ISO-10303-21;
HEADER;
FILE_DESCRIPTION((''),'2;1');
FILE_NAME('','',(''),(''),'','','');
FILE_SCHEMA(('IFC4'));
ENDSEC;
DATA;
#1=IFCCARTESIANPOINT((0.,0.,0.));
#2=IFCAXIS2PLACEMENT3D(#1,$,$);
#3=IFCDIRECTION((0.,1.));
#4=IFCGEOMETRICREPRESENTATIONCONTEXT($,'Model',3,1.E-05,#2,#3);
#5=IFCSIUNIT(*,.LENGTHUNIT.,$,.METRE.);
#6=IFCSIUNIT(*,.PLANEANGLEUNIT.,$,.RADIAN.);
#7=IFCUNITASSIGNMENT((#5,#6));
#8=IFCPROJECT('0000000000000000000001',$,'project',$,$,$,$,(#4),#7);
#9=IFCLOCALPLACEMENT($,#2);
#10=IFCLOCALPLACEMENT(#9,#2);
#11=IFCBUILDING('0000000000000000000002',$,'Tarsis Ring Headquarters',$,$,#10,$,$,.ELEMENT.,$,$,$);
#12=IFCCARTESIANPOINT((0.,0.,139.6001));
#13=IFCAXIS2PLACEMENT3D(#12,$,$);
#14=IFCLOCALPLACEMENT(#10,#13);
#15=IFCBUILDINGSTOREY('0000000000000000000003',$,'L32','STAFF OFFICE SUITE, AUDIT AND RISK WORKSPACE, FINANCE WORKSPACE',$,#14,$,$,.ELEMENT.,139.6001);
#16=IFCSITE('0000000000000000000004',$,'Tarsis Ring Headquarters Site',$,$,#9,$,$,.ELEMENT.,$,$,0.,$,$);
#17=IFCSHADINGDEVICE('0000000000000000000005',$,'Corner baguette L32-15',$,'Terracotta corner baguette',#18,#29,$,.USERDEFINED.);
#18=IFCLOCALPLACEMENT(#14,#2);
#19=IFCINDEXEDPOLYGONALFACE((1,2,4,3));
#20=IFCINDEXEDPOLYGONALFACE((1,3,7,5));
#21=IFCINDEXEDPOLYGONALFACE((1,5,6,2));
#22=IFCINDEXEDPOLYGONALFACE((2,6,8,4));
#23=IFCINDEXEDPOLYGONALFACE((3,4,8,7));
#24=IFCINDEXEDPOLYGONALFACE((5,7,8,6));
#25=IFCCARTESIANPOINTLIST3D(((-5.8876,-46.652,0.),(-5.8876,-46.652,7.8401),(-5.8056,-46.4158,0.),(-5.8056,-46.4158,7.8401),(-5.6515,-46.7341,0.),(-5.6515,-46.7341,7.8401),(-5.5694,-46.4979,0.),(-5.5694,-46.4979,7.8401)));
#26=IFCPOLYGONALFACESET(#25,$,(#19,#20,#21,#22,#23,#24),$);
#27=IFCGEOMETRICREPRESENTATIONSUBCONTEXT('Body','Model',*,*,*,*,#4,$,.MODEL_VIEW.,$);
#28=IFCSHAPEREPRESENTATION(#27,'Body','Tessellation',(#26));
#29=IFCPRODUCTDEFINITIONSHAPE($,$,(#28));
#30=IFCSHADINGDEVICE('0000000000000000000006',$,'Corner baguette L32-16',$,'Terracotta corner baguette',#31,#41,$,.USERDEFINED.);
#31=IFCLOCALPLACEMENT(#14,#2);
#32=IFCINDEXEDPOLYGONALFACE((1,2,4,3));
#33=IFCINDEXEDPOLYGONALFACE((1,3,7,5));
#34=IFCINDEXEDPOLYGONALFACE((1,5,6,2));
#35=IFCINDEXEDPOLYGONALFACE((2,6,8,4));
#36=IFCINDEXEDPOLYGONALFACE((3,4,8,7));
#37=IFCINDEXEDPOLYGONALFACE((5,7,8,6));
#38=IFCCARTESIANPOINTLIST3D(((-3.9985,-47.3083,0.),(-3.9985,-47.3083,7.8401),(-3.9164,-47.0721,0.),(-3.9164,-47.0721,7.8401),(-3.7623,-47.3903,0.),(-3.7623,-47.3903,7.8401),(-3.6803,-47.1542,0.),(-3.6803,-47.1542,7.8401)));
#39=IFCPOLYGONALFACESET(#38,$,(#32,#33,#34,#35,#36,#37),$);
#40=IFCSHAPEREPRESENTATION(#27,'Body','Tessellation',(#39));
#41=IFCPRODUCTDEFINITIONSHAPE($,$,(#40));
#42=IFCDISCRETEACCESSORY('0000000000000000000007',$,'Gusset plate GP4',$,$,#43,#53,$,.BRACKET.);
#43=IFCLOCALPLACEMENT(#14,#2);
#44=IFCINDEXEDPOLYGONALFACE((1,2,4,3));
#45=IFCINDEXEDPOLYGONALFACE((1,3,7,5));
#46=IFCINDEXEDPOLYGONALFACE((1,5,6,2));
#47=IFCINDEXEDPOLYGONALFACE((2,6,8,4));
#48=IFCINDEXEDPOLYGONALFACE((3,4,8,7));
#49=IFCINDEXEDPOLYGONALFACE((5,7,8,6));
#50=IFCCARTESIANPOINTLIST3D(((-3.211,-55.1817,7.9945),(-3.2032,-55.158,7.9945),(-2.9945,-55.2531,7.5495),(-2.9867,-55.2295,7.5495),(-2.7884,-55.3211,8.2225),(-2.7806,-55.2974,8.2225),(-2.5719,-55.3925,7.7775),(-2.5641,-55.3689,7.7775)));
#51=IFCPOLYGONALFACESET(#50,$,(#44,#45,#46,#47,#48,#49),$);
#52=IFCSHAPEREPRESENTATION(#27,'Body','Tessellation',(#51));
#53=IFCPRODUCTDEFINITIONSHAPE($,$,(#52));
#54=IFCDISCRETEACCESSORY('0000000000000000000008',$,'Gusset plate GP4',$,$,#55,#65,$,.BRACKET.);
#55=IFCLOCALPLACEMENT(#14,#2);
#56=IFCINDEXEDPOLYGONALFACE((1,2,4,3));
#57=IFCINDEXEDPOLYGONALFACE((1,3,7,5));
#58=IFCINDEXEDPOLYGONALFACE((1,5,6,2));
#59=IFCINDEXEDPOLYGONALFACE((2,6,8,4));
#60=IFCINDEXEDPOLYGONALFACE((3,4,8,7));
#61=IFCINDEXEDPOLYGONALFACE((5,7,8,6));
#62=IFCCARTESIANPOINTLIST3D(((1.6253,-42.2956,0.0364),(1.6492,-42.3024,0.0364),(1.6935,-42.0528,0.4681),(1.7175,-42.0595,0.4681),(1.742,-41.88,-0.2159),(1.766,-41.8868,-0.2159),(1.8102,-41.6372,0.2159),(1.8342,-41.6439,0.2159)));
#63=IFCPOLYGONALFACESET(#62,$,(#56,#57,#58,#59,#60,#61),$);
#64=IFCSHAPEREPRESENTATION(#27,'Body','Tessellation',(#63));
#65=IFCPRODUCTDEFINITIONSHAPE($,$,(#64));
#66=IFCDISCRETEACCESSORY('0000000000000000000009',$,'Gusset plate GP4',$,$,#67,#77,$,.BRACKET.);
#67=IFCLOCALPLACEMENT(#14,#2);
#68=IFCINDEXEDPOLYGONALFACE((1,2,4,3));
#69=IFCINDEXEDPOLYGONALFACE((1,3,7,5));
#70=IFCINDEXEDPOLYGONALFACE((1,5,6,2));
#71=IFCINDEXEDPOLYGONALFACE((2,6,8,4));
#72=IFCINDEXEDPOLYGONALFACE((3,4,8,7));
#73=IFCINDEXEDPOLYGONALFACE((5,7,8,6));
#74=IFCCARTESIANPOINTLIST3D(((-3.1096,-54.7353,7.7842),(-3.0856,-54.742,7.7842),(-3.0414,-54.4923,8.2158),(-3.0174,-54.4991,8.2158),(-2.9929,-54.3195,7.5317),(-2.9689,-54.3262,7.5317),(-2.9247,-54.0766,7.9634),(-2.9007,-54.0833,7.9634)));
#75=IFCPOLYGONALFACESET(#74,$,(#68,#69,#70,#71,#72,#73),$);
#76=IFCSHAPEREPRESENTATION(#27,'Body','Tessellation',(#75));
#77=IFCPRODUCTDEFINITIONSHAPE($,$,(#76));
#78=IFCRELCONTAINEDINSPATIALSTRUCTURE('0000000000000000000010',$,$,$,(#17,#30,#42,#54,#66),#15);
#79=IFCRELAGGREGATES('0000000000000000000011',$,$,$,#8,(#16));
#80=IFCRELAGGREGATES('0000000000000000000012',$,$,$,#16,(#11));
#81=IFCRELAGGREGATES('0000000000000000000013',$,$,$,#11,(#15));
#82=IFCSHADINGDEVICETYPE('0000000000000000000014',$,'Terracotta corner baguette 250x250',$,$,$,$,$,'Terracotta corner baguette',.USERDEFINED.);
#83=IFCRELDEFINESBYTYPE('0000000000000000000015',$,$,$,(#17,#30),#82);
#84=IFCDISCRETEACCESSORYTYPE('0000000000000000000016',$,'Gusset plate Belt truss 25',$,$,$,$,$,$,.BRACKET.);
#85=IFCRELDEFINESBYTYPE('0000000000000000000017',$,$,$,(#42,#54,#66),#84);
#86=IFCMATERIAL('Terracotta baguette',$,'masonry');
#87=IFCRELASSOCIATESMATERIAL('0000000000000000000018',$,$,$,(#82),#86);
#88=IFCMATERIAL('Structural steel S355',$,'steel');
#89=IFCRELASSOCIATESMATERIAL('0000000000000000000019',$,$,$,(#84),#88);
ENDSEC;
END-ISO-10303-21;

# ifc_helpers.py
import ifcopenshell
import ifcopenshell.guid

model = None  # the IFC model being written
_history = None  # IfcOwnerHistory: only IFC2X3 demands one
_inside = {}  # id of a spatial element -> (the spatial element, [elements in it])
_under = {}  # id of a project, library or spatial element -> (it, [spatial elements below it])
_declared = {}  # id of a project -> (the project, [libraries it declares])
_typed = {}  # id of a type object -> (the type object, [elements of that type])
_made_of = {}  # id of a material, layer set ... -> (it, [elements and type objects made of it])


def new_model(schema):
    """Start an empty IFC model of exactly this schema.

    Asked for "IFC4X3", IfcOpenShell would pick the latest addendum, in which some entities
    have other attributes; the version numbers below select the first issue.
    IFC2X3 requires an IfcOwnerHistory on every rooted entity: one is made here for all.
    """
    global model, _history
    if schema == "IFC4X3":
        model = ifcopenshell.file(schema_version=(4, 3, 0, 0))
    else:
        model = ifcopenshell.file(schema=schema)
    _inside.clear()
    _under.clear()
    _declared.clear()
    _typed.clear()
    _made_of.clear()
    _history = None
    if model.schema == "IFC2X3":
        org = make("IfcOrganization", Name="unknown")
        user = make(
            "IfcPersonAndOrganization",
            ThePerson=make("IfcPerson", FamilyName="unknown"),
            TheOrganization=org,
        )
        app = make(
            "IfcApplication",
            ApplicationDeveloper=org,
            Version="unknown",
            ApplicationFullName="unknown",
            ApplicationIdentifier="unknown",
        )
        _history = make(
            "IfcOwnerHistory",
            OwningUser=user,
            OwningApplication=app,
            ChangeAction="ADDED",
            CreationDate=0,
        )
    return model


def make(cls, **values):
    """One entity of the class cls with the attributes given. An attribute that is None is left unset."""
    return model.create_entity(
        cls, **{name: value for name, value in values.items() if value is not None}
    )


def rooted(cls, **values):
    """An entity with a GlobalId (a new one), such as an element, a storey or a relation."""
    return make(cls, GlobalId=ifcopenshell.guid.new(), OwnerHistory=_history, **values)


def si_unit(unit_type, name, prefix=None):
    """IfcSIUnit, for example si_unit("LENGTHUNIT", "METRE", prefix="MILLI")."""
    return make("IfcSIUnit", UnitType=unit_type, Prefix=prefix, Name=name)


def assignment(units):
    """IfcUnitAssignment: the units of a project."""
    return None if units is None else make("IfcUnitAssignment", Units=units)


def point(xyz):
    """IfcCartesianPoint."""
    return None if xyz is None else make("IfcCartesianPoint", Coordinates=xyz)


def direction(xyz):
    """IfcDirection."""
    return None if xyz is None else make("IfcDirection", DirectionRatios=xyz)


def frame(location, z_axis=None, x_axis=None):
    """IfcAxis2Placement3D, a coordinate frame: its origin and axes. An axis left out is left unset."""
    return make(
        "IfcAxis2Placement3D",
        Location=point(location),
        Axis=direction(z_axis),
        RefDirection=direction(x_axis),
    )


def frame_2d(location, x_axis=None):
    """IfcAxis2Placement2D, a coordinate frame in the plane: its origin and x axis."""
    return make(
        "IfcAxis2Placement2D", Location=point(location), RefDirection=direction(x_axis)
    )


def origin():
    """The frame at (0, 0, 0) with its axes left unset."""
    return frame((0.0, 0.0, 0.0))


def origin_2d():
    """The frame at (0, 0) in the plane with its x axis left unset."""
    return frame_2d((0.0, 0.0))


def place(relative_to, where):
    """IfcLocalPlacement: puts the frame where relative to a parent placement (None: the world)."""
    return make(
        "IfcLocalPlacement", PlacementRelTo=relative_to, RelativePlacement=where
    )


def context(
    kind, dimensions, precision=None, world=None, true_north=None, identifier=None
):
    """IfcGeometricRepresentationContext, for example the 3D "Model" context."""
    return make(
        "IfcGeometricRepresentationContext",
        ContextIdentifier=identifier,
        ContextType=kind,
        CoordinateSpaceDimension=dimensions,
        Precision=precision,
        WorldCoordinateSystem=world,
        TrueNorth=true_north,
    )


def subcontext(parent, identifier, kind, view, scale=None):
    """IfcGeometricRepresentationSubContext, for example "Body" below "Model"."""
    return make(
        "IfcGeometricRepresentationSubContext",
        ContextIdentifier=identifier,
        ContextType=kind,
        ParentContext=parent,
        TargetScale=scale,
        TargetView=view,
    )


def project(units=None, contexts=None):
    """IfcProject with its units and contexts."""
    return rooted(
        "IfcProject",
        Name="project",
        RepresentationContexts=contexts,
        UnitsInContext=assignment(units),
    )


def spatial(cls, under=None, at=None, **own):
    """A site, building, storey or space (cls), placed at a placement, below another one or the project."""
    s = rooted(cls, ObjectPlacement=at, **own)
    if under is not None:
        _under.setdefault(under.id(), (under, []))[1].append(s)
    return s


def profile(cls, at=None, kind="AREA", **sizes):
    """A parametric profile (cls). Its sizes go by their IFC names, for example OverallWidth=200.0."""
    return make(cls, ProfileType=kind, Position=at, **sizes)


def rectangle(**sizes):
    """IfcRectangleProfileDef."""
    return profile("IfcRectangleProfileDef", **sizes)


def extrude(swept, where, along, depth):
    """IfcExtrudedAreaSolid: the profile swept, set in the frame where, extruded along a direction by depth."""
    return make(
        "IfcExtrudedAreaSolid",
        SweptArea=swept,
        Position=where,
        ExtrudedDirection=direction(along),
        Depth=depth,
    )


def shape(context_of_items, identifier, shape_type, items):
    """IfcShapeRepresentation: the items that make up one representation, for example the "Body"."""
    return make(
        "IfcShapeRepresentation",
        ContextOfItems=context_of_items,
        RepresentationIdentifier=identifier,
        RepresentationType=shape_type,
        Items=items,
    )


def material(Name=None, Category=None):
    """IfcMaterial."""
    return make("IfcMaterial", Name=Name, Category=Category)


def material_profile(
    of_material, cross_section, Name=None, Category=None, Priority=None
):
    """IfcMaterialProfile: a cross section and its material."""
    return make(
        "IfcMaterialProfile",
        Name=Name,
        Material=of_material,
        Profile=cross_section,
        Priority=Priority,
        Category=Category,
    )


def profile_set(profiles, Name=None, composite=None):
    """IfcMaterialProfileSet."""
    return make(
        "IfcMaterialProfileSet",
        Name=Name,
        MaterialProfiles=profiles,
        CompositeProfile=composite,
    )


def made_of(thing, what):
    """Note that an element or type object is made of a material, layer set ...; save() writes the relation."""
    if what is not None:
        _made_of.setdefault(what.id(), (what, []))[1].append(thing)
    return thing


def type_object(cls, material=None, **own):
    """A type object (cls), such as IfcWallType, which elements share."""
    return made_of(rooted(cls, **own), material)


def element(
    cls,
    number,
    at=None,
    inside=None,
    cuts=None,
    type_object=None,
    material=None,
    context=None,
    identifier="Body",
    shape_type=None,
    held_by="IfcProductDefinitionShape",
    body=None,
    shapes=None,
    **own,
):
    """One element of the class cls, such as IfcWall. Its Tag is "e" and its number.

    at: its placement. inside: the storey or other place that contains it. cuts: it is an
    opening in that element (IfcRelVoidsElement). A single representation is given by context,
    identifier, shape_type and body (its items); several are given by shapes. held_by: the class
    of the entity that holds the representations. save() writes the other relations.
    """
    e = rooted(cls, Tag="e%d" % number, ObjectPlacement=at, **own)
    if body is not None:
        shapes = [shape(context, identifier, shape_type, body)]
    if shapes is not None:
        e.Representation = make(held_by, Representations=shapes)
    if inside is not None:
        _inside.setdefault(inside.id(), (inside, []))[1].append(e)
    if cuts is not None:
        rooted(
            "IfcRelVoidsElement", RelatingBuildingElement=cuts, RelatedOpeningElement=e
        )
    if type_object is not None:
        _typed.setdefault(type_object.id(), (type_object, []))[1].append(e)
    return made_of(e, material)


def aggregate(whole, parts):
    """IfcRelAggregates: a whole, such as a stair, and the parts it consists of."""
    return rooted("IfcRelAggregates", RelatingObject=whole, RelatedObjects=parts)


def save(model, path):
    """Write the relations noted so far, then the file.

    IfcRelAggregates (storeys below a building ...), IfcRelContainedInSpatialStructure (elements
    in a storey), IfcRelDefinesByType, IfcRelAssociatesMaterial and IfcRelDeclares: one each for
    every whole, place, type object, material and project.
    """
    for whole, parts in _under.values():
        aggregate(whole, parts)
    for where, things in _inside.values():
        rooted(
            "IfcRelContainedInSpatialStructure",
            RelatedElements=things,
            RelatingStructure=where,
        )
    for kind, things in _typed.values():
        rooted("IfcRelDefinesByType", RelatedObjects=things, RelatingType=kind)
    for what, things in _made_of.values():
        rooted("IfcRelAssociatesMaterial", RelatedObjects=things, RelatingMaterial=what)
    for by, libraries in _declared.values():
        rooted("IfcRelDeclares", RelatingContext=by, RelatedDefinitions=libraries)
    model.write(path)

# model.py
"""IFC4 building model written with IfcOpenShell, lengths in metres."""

from ifc_helpers import new_model, si_unit, direction, frame, origin, origin_2d, place, context, subcontext, project, spatial, rectangle, extrude, material, material_profile, profile_set, type_object, element, save


model = new_model("IFC4")

# Units and contexts
model_context = context("Model", 3, precision=1e-05, world=origin(), true_north=direction((0.0, 1.0)))
body_context = subcontext(model_context, "Body", "Model", "MODEL_VIEW")
ifc_project = project(units=[si_unit("LENGTHUNIT", "METRE"), si_unit("PLANEANGLEUNIT", "RADIAN")], contexts=[model_context])

# Site, building, storey
site_placement = place(None, origin())
site = spatial("IfcSite", under=ifc_project, at=site_placement, Name="Tarsis Ring Headquarters Site", CompositionType="ELEMENT", RefElevation=0.0)
building_placement = place(site_placement, origin())
building = spatial("IfcBuilding", under=site, at=building_placement, Name="Tarsis Ring Headquarters", CompositionType="ELEMENT")
storey_placement = place(building_placement, frame((0.0, 0.0, 139.6001)))
storey = spatial("IfcBuildingStorey", under=building, at=storey_placement, Name="L32", Description="STAFF OFFICE SUITE, AUDIT AND RISK WORKSPACE, FINANCE WORKSPACE", CompositionType="ELEMENT", Elevation=139.6001)

# Shared definitions
ifc_material_1 = material(Name="Structural steel S355", Category="steel")

# Shading devices
ifc_material_2 = material(Name="Terracotta baguette", Category="masonry")
shading_device_type_1 = type_object("IfcShadingDeviceType", Name="Terracotta corner baguette 250x250", ElementType="Terracotta corner baguette", PredefinedType="USERDEFINED", material=ifc_material_2)
for number, where, z_axis, x_axis, name in (
    (1, (-5.7285, -46.575, 0.0), (0.0, 0.0, 1.0), (0.328207, 0.944606, 0.0), "Corner baguette L32-15"),
    (2, (-3.8394, -47.2312, 0.0), (0.0, 0.0, 1.0), (0.944606, -0.328208, 0.0), "Corner baguette L32-16"),
):
    element("IfcShadingDevice", number, at=place(storey_placement, frame(where, z_axis=z_axis, x_axis=x_axis)), inside=storey, type_object=shading_device_type_1, Name=name, ObjectType="Terracotta corner baguette", PredefinedType="USERDEFINED", context=body_context, shape_type="SweptSolid", body=[
        extrude(rectangle(XDim=0.25, YDim=0.25, at=origin_2d()), origin(), (0.0, 0.0, 1.0), 7.8401),
    ])

# Discrete accessories
ifc_material_profile_1 = material_profile(ifc_material_1, rectangle(XDim=0.0249, YDim=0.5, at=origin_2d()), Name="PL 25x500")
ifc_profile_set_1 = profile_set([ifc_material_profile_1], Name="Structural steel S355")
discrete_accessory_type = type_object("IfcDiscreteAccessoryType", Name="Gusset plate Belt truss 25", PredefinedType="BRACKET", material=ifc_profile_set_1)
for number, where, z_axis, x_axis, name in (
    (3, (-2.6763, -55.345, 8.0), (-0.845169, 0.278794, -0.45603), (-0.313264, -0.949666, 0.0), "Gusset plate GP4"),
    (4, (1.7881, -41.762, 0.0), (-0.233452, -0.831246, 0.50451), (0.962752, -0.270385, 0.0), "Gusset plate GP4"),
):
    element("IfcDiscreteAccessory", number, at=place(storey_placement, frame(where, z_axis=z_axis, x_axis=x_axis)), inside=storey, type_object=discrete_accessory_type, Name=name, PredefinedType="BRACKET", context=body_context, shape_type="SweptSolid", body=[
        extrude(rectangle(XDim=0.0249, YDim=0.5, at=origin_2d()), origin(), (0.0, 0.0, 1.0), 0.5),
    ])
discrete_accessory_placement = place(storey_placement, frame((-3.0635, -54.6172, 8.0), z_axis=(0.2333, 0.831192, -0.50467), x_axis=(-0.962794, 0.270238, 0.0)))
element("IfcDiscreteAccessory", 5, at=discrete_accessory_placement, inside=storey, type_object=discrete_accessory_type, Name="Gusset plate GP4", PredefinedType="BRACKET", context=body_context, shape_type="SweptSolid", body=[
    extrude(rectangle(XDim=0.0249, YDim=0.5, at=origin_2d()), origin(), (0.0, 0.0, 1.0), 0.5002),
])

save(model, "model.ifc")
